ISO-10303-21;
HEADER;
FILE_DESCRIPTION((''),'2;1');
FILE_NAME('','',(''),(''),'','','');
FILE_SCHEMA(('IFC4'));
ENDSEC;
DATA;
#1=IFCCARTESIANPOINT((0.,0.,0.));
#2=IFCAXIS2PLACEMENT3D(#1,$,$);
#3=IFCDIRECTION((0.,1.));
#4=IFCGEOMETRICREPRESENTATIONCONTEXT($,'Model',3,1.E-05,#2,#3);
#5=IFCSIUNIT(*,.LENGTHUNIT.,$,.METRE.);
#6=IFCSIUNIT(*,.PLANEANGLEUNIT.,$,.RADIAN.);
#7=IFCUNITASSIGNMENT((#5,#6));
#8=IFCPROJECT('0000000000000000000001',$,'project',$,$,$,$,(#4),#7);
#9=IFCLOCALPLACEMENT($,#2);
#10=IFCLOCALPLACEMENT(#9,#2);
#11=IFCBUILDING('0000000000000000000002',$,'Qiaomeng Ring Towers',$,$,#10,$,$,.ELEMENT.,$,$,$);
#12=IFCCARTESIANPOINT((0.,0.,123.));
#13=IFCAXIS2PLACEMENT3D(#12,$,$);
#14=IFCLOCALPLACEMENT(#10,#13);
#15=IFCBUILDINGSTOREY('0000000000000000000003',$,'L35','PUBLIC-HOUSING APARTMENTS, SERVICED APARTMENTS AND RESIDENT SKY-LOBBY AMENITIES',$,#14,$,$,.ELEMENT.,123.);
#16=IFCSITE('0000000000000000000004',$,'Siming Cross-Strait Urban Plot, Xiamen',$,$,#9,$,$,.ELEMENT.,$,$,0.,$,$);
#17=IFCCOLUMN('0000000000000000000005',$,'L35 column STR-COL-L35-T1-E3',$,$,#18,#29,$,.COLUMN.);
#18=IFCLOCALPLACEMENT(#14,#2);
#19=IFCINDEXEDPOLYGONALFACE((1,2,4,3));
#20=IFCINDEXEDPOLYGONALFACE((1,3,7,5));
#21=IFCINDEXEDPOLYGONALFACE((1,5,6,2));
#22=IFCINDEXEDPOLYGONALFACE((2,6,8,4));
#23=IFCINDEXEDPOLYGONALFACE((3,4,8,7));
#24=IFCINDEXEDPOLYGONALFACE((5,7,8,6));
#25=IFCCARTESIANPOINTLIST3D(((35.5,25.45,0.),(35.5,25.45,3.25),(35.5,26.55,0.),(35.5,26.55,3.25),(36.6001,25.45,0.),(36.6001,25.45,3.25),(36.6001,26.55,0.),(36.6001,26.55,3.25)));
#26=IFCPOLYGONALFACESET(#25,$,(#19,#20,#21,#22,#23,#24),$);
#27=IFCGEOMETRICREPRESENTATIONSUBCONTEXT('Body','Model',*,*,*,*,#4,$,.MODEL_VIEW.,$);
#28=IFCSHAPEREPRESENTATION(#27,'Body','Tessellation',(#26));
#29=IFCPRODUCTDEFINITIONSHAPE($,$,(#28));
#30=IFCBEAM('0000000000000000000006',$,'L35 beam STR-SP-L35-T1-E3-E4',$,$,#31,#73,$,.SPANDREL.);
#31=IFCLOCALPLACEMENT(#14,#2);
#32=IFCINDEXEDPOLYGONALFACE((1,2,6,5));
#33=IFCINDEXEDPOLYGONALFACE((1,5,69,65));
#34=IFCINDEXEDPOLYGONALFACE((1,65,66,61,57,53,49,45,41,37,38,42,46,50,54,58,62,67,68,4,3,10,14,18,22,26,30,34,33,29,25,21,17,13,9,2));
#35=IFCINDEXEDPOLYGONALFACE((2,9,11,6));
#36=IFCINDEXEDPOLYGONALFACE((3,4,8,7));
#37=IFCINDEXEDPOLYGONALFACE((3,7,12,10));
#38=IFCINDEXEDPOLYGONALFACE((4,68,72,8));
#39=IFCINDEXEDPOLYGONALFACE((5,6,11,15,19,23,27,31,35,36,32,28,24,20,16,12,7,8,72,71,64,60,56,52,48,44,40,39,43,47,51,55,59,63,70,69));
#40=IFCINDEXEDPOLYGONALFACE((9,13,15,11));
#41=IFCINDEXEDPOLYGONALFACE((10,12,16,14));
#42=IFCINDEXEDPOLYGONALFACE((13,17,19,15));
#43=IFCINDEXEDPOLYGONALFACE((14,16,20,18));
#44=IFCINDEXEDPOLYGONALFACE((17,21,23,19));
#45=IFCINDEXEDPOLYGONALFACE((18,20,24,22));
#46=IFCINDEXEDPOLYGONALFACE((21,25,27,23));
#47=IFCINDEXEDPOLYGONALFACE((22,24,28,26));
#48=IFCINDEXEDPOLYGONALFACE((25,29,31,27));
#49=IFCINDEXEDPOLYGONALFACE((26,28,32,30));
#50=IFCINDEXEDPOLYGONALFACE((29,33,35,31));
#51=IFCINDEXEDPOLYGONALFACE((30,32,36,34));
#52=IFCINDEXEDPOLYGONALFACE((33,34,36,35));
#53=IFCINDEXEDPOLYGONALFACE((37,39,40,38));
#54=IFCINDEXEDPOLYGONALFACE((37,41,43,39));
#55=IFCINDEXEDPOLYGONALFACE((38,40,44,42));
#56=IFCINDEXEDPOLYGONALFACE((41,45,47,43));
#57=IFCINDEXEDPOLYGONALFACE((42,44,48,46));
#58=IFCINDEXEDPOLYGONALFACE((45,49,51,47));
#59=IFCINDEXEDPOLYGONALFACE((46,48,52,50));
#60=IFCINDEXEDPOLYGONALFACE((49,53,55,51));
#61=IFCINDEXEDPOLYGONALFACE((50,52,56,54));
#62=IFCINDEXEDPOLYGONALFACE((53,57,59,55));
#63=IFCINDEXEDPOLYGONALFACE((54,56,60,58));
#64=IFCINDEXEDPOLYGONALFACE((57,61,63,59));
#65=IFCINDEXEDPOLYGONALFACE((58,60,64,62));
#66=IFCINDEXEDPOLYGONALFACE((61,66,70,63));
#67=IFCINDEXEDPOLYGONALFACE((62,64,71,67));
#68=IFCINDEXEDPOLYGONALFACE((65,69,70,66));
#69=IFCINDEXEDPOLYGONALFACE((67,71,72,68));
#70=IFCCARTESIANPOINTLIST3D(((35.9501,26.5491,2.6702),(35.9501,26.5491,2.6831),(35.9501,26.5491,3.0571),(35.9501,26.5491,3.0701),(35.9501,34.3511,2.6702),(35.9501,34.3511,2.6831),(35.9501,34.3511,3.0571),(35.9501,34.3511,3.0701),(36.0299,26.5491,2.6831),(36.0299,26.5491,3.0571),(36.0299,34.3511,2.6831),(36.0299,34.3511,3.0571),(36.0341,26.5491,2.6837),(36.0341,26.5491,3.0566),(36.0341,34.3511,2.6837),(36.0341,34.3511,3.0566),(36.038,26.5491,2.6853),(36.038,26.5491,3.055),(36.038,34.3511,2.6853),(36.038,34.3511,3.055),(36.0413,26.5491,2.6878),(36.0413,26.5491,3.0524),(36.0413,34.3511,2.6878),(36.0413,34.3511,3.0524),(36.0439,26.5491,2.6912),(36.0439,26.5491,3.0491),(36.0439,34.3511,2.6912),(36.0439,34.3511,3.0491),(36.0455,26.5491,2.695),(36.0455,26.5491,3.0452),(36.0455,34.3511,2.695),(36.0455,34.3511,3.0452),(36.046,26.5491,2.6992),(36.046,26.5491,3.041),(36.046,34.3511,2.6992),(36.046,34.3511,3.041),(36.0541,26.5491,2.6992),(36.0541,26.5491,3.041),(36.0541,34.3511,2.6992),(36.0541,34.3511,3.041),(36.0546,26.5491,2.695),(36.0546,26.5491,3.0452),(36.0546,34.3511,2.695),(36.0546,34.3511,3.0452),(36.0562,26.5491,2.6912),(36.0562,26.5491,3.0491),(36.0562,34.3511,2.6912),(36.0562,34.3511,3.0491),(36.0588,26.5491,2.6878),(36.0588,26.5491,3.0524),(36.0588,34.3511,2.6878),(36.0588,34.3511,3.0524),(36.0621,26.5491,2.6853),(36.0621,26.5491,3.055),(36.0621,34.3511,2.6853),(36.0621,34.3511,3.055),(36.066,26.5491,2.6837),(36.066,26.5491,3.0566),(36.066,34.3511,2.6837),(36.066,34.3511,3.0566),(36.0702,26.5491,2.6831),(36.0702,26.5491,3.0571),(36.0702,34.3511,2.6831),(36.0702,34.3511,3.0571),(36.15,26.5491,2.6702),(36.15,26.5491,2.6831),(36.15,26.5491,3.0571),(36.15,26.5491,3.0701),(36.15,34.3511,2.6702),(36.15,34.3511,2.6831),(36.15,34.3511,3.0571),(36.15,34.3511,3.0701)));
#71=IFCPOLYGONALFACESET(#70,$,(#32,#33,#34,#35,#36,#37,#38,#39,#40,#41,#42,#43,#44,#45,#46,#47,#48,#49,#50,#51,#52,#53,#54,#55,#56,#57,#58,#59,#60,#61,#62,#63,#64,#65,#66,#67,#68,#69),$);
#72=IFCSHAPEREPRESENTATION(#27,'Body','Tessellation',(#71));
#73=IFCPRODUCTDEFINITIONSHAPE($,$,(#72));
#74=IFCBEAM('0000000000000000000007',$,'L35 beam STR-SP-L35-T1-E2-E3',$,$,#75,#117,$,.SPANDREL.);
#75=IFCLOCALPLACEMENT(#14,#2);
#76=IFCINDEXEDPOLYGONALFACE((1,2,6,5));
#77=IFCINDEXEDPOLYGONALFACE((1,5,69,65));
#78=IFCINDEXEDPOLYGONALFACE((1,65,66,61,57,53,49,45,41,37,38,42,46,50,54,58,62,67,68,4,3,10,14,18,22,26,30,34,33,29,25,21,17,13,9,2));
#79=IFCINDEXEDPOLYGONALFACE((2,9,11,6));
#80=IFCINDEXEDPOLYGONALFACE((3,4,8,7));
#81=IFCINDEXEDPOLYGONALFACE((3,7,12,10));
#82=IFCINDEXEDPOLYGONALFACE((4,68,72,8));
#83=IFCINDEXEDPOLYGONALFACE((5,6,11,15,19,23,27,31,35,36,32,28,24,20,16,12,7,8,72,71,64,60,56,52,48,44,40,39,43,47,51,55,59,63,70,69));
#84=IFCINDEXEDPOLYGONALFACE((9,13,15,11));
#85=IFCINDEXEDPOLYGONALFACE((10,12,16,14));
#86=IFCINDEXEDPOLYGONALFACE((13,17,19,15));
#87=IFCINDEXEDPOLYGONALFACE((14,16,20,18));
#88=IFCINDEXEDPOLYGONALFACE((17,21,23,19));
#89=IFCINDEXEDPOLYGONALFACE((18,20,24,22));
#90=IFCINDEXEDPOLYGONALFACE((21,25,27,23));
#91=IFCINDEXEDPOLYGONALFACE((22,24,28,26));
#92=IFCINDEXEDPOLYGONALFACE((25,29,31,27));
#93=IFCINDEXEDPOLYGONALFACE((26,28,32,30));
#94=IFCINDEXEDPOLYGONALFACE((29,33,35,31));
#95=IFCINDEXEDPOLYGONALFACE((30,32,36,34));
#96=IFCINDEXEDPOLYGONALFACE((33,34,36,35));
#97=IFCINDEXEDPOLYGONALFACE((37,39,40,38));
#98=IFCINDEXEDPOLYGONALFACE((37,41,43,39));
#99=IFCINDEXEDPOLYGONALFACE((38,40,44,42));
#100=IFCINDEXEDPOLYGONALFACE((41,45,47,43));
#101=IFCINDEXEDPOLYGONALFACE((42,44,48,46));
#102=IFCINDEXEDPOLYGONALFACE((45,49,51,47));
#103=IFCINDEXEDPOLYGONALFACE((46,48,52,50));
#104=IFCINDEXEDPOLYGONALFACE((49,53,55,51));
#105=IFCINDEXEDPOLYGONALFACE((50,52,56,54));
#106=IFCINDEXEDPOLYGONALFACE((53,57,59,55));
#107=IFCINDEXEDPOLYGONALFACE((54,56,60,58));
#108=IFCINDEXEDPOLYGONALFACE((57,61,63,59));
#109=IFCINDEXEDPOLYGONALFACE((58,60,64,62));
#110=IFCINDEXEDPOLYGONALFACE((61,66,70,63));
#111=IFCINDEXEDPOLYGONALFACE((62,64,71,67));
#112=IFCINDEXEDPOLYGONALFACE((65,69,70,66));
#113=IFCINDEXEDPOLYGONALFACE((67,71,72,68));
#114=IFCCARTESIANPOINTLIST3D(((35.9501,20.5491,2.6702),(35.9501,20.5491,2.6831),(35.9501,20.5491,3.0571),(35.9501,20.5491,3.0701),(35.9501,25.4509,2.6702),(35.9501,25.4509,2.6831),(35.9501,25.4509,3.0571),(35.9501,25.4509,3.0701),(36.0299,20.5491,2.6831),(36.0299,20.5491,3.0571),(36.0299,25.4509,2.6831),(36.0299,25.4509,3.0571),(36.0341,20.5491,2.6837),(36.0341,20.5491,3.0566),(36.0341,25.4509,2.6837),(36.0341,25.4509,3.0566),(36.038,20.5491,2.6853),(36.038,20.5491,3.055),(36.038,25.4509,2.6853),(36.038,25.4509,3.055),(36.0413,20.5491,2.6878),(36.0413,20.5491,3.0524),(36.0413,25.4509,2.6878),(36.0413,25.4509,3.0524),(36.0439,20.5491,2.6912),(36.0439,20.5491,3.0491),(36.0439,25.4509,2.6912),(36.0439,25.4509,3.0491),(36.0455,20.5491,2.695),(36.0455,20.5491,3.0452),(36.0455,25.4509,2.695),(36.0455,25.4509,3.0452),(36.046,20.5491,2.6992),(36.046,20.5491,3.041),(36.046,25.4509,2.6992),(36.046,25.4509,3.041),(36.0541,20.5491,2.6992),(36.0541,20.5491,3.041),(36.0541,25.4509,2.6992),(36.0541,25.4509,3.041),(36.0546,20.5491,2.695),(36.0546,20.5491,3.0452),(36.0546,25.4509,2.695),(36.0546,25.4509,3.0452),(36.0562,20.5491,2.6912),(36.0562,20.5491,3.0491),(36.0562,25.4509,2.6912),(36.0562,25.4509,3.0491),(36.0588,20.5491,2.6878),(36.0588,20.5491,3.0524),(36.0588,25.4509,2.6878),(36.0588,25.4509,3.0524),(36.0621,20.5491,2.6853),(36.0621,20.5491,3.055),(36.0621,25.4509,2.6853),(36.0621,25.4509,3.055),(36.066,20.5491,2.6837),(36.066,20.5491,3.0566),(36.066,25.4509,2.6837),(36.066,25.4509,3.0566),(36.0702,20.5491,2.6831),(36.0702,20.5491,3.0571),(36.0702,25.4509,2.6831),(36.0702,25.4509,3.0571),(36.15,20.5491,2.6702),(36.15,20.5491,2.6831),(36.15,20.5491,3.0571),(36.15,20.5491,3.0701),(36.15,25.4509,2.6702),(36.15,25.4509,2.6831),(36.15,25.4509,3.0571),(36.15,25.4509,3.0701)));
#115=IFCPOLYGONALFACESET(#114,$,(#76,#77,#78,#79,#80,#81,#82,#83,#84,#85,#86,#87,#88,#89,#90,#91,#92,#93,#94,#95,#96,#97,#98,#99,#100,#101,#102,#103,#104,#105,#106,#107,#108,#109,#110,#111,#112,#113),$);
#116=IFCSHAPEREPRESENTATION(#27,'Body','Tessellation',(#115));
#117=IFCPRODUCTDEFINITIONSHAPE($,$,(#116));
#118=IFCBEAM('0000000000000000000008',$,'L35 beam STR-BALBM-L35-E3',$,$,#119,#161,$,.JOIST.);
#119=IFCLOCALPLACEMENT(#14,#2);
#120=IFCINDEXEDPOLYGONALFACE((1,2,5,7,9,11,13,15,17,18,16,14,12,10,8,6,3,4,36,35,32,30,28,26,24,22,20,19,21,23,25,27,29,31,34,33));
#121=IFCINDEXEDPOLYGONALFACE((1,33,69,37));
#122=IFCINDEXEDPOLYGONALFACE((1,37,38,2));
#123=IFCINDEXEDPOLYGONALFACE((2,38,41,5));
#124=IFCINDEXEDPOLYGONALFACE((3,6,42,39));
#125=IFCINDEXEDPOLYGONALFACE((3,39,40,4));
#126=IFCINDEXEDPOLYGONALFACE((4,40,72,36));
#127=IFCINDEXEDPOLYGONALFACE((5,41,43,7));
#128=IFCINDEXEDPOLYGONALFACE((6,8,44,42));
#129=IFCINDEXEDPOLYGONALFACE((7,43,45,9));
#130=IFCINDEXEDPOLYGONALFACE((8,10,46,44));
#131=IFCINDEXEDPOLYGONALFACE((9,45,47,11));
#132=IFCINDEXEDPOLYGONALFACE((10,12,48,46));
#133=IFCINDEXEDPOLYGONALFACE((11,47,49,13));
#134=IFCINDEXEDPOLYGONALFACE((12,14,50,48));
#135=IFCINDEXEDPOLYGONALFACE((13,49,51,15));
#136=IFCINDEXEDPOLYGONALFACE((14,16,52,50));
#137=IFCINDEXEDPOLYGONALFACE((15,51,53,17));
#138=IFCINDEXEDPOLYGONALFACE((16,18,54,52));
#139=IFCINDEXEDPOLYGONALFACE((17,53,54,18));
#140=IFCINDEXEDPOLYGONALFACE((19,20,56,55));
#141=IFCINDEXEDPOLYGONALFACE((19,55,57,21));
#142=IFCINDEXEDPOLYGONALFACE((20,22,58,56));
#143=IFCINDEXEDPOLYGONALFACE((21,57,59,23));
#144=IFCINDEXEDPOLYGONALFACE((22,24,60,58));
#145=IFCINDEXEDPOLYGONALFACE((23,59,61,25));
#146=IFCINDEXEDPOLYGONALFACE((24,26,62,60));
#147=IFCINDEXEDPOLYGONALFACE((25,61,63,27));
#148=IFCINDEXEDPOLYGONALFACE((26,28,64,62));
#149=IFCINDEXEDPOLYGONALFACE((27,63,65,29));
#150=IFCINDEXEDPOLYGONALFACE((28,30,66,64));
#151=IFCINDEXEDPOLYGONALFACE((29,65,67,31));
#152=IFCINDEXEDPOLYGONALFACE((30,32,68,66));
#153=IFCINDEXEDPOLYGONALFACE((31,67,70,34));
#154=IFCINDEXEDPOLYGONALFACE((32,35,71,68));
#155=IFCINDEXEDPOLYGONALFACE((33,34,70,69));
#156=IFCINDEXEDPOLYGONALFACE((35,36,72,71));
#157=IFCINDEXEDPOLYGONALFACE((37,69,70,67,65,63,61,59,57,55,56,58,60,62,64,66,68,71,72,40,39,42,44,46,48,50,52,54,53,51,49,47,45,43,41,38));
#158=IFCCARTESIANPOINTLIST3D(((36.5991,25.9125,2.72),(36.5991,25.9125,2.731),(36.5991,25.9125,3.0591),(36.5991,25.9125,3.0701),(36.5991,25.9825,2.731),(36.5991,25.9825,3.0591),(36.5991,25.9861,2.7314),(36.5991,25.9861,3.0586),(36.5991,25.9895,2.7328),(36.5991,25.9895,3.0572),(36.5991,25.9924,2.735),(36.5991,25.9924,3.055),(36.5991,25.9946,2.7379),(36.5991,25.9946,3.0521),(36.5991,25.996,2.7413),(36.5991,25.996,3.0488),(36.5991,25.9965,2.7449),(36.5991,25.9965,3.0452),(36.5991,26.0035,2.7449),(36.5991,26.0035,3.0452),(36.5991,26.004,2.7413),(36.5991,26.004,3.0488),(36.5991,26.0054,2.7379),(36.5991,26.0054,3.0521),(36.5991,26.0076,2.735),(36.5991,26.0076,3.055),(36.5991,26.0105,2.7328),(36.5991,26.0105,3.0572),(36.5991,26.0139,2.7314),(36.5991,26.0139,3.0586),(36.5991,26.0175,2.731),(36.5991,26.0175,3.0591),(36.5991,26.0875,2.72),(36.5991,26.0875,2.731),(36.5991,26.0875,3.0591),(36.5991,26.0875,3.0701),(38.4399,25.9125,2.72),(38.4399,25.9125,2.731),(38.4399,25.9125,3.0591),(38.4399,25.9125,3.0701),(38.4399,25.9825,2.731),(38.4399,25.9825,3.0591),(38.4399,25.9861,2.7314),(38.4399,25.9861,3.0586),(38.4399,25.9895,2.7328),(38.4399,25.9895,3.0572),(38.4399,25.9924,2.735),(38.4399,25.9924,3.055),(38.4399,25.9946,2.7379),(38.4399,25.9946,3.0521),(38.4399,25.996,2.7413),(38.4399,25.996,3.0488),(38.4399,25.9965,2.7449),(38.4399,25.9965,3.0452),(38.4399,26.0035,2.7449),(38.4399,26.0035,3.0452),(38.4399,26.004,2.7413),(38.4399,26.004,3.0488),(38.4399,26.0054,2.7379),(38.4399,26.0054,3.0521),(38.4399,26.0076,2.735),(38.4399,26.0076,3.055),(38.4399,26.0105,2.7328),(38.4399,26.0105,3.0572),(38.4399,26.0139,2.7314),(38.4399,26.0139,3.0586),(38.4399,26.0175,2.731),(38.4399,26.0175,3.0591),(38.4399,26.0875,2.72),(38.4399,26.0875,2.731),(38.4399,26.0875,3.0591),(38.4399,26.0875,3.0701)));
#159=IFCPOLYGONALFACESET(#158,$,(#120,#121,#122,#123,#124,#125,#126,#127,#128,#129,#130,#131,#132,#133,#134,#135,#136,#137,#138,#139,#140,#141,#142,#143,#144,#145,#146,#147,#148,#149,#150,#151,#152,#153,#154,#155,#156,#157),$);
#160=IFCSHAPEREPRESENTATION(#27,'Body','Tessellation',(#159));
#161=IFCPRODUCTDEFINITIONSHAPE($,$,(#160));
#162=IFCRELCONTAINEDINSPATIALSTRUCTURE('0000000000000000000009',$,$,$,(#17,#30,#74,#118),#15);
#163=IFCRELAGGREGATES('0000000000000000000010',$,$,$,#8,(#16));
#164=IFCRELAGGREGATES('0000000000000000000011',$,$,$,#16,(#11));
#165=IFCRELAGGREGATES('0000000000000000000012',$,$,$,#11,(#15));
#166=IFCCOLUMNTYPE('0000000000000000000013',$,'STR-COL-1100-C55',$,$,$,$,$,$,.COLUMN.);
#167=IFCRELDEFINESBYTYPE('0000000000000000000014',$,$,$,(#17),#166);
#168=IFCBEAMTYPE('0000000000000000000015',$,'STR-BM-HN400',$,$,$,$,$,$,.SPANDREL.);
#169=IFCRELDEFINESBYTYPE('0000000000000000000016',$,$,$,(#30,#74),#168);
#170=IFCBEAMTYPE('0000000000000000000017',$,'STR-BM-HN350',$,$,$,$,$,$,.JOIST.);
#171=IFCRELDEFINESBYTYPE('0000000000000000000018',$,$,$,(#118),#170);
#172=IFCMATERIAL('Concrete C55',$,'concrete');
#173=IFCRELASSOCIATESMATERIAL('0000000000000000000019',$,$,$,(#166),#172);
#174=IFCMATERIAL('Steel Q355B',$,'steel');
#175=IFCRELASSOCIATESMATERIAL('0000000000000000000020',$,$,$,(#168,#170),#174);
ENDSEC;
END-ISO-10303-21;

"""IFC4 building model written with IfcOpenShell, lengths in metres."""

from ifc_helpers import new_model, si_unit, direction, frame, origin, origin_2d, place, context, subcontext, project, spatial, rectangle, i_section, extrude, source, transform, mapped, material, material_profile, profile_set, type_object, element, save


model = new_model("IFC4")

# Units and contexts
model_context = context("Model", 3, precision=1e-05, world=origin(), true_north=direction((0.0, 1.0)))
body_context = subcontext(model_context, "Body", "Model", "MODEL_VIEW")
ifc_project = project(units=[si_unit("LENGTHUNIT", "METRE"), si_unit("PLANEANGLEUNIT", "RADIAN")], contexts=[model_context])

# Site, building, storey
site_placement = place(None, origin())
site = spatial("IfcSite", under=ifc_project, at=site_placement, Name="Siming Cross-Strait Urban Plot, Xiamen", CompositionType="ELEMENT", RefElevation=0.0)
building_placement = place(site_placement, origin())
building = spatial("IfcBuilding", under=site, at=building_placement, Name="Qiaomeng Ring Towers", CompositionType="ELEMENT")
storey_placement = place(building_placement, frame((0.0, 0.0, 123.0)))
storey = spatial("IfcBuildingStorey", under=building, at=storey_placement, Name="L35", Description="PUBLIC-HOUSING APARTMENTS, SERVICED APARTMENTS AND RESIDENT SKY-LOBBY AMENITIES", CompositionType="ELEMENT", Elevation=123.0)

# Column
ifc_material_1 = material(Name="Concrete C55", Category="concrete")
ifc_material_profile_1 = material_profile(ifc_material_1, rectangle(XDim=1.1001, YDim=1.1001, at=origin_2d()), Name="RC COL 1100x1100")
ifc_profile_set_1 = profile_set([ifc_material_profile_1], Name="Concrete C55")
column_type = type_object("IfcColumnType", Name="STR-COL-1100-C55", PredefinedType="COLUMN", material=ifc_profile_set_1)
shared_shape_1 = source(origin(), body_context, "Body", "SweptSolid", [
    extrude(rectangle(XDim=1.1001, YDim=1.1001, at=origin_2d()), origin(), (0.0, 0.0, 1.0), 3.25),
])
column_placement = place(storey_placement, frame((36.05, 26.0, 0.0), z_axis=(0.0, 0.0, 1.0), x_axis=(1.0, 0.0, 0.0)))
element("IfcColumn", 1, at=column_placement, inside=storey, type_object=column_type, Name="L35 column STR-COL-L35-T1-E3", PredefinedType="COLUMN", context=body_context, shape_type="MappedRepresentation", body=[
    mapped(shared_shape_1, transform((0.0, 0.0, 0.0), x_axis=(1.0, 0.0, 0.0), y_axis=(0.0, 1.0, 0.0), z_axis=(0.0, 0.0, 1.0), scale=1.0)),
])

# Beams
ifc_material_2 = material(Name="Steel Q355B", Category="steel")
ifc_material_profile_2 = material_profile(ifc_material_2, i_section(OverallWidth=0.2, OverallDepth=0.3999, WebThickness=0.0081, FlangeThickness=0.0129, FilletRadius=0.0161, at=origin_2d()), Name="HN 400x200x8x13")
ifc_profile_set_2 = profile_set([ifc_material_profile_2], Name="Steel Q355B")
beam_type_1 = type_object("IfcBeamType", Name="STR-BM-HN400", PredefinedType="SPANDREL", material=ifc_profile_set_2)
shared_shape_2 = source(origin(), body_context, "Body", "SweptSolid", [
    extrude(i_section(OverallWidth=0.2, OverallDepth=0.3999, WebThickness=0.0081, FlangeThickness=0.0129, FilletRadius=0.0161, at=origin_2d()), origin(), (0.0, 0.0, 1.0), 7.802),
])
beam_1_placement = place(storey_placement, frame((36.05, 26.5491, 2.8701), z_axis=(0.0, 1.0, 0.0), x_axis=(-1.0, 0.0, 0.0)))
element("IfcBeam", 2, at=beam_1_placement, inside=storey, type_object=beam_type_1, Name="L35 beam STR-SP-L35-T1-E3-E4", PredefinedType="SPANDREL", context=body_context, shape_type="MappedRepresentation", body=[
    mapped(shared_shape_2, transform((0.0, 0.0, 0.0), x_axis=(1.0, 0.0, 0.0), y_axis=(0.0, 1.0, 0.0), z_axis=(0.0, 0.0, 1.0), scale=1.0)),
])
shared_shape_3 = source(origin(), body_context, "Body", "SweptSolid", [
    extrude(i_section(OverallWidth=0.2, OverallDepth=0.3999, WebThickness=0.0081, FlangeThickness=0.0129, FilletRadius=0.0161, at=origin_2d()), origin(), (0.0, 0.0, 1.0), 4.9019),
])
beam_2_placement = place(storey_placement, frame((36.05, 20.5491, 2.8701), z_axis=(0.0, 1.0, 0.0), x_axis=(-1.0, 0.0, 0.0)))
element("IfcBeam", 3, at=beam_2_placement, inside=storey, type_object=beam_type_1, Name="L35 beam STR-SP-L35-T1-E2-E3", PredefinedType="SPANDREL", context=body_context, shape_type="MappedRepresentation", body=[
    mapped(shared_shape_3, transform((0.0, 0.0, 0.0), x_axis=(1.0, 0.0, 0.0), y_axis=(0.0, 1.0, 0.0), z_axis=(0.0, 0.0, 1.0), scale=1.0)),
])
ifc_material_profile_3 = material_profile(ifc_material_2, i_section(OverallWidth=0.175, OverallDepth=0.3501, WebThickness=0.0071, FlangeThickness=0.011, FilletRadius=0.0139, at=origin_2d()), Name="HN 350x175x7x11")
ifc_profile_set_3 = profile_set([ifc_material_profile_3], Name="Steel Q355B")
beam_type_2 = type_object("IfcBeamType", Name="STR-BM-HN350", PredefinedType="JOIST", material=ifc_profile_set_3)
shared_shape_4 = source(origin(), body_context, "Body", "SweptSolid", [
    extrude(i_section(OverallWidth=0.175, OverallDepth=0.3501, WebThickness=0.0071, FlangeThickness=0.011, FilletRadius=0.0139, at=origin_2d()), origin(), (0.0, 0.0, 1.0), 1.8408),
])
beam_3_placement = place(storey_placement, frame((36.5991, 26.0, 2.895), z_axis=(1.0, 0.0, 0.0), x_axis=(0.0, 1.0, 0.0)))
element("IfcBeam", 4, at=beam_3_placement, inside=storey, type_object=beam_type_2, Name="L35 beam STR-BALBM-L35-E3", PredefinedType="JOIST", context=body_context, shape_type="MappedRepresentation", body=[
    mapped(shared_shape_4, transform((0.0, 0.0, 0.0), x_axis=(1.0, 0.0, 0.0), y_axis=(0.0, 1.0, 0.0), z_axis=(0.0, 0.0, 1.0), scale=1.0)),
])

save(model, "model.ifc")
